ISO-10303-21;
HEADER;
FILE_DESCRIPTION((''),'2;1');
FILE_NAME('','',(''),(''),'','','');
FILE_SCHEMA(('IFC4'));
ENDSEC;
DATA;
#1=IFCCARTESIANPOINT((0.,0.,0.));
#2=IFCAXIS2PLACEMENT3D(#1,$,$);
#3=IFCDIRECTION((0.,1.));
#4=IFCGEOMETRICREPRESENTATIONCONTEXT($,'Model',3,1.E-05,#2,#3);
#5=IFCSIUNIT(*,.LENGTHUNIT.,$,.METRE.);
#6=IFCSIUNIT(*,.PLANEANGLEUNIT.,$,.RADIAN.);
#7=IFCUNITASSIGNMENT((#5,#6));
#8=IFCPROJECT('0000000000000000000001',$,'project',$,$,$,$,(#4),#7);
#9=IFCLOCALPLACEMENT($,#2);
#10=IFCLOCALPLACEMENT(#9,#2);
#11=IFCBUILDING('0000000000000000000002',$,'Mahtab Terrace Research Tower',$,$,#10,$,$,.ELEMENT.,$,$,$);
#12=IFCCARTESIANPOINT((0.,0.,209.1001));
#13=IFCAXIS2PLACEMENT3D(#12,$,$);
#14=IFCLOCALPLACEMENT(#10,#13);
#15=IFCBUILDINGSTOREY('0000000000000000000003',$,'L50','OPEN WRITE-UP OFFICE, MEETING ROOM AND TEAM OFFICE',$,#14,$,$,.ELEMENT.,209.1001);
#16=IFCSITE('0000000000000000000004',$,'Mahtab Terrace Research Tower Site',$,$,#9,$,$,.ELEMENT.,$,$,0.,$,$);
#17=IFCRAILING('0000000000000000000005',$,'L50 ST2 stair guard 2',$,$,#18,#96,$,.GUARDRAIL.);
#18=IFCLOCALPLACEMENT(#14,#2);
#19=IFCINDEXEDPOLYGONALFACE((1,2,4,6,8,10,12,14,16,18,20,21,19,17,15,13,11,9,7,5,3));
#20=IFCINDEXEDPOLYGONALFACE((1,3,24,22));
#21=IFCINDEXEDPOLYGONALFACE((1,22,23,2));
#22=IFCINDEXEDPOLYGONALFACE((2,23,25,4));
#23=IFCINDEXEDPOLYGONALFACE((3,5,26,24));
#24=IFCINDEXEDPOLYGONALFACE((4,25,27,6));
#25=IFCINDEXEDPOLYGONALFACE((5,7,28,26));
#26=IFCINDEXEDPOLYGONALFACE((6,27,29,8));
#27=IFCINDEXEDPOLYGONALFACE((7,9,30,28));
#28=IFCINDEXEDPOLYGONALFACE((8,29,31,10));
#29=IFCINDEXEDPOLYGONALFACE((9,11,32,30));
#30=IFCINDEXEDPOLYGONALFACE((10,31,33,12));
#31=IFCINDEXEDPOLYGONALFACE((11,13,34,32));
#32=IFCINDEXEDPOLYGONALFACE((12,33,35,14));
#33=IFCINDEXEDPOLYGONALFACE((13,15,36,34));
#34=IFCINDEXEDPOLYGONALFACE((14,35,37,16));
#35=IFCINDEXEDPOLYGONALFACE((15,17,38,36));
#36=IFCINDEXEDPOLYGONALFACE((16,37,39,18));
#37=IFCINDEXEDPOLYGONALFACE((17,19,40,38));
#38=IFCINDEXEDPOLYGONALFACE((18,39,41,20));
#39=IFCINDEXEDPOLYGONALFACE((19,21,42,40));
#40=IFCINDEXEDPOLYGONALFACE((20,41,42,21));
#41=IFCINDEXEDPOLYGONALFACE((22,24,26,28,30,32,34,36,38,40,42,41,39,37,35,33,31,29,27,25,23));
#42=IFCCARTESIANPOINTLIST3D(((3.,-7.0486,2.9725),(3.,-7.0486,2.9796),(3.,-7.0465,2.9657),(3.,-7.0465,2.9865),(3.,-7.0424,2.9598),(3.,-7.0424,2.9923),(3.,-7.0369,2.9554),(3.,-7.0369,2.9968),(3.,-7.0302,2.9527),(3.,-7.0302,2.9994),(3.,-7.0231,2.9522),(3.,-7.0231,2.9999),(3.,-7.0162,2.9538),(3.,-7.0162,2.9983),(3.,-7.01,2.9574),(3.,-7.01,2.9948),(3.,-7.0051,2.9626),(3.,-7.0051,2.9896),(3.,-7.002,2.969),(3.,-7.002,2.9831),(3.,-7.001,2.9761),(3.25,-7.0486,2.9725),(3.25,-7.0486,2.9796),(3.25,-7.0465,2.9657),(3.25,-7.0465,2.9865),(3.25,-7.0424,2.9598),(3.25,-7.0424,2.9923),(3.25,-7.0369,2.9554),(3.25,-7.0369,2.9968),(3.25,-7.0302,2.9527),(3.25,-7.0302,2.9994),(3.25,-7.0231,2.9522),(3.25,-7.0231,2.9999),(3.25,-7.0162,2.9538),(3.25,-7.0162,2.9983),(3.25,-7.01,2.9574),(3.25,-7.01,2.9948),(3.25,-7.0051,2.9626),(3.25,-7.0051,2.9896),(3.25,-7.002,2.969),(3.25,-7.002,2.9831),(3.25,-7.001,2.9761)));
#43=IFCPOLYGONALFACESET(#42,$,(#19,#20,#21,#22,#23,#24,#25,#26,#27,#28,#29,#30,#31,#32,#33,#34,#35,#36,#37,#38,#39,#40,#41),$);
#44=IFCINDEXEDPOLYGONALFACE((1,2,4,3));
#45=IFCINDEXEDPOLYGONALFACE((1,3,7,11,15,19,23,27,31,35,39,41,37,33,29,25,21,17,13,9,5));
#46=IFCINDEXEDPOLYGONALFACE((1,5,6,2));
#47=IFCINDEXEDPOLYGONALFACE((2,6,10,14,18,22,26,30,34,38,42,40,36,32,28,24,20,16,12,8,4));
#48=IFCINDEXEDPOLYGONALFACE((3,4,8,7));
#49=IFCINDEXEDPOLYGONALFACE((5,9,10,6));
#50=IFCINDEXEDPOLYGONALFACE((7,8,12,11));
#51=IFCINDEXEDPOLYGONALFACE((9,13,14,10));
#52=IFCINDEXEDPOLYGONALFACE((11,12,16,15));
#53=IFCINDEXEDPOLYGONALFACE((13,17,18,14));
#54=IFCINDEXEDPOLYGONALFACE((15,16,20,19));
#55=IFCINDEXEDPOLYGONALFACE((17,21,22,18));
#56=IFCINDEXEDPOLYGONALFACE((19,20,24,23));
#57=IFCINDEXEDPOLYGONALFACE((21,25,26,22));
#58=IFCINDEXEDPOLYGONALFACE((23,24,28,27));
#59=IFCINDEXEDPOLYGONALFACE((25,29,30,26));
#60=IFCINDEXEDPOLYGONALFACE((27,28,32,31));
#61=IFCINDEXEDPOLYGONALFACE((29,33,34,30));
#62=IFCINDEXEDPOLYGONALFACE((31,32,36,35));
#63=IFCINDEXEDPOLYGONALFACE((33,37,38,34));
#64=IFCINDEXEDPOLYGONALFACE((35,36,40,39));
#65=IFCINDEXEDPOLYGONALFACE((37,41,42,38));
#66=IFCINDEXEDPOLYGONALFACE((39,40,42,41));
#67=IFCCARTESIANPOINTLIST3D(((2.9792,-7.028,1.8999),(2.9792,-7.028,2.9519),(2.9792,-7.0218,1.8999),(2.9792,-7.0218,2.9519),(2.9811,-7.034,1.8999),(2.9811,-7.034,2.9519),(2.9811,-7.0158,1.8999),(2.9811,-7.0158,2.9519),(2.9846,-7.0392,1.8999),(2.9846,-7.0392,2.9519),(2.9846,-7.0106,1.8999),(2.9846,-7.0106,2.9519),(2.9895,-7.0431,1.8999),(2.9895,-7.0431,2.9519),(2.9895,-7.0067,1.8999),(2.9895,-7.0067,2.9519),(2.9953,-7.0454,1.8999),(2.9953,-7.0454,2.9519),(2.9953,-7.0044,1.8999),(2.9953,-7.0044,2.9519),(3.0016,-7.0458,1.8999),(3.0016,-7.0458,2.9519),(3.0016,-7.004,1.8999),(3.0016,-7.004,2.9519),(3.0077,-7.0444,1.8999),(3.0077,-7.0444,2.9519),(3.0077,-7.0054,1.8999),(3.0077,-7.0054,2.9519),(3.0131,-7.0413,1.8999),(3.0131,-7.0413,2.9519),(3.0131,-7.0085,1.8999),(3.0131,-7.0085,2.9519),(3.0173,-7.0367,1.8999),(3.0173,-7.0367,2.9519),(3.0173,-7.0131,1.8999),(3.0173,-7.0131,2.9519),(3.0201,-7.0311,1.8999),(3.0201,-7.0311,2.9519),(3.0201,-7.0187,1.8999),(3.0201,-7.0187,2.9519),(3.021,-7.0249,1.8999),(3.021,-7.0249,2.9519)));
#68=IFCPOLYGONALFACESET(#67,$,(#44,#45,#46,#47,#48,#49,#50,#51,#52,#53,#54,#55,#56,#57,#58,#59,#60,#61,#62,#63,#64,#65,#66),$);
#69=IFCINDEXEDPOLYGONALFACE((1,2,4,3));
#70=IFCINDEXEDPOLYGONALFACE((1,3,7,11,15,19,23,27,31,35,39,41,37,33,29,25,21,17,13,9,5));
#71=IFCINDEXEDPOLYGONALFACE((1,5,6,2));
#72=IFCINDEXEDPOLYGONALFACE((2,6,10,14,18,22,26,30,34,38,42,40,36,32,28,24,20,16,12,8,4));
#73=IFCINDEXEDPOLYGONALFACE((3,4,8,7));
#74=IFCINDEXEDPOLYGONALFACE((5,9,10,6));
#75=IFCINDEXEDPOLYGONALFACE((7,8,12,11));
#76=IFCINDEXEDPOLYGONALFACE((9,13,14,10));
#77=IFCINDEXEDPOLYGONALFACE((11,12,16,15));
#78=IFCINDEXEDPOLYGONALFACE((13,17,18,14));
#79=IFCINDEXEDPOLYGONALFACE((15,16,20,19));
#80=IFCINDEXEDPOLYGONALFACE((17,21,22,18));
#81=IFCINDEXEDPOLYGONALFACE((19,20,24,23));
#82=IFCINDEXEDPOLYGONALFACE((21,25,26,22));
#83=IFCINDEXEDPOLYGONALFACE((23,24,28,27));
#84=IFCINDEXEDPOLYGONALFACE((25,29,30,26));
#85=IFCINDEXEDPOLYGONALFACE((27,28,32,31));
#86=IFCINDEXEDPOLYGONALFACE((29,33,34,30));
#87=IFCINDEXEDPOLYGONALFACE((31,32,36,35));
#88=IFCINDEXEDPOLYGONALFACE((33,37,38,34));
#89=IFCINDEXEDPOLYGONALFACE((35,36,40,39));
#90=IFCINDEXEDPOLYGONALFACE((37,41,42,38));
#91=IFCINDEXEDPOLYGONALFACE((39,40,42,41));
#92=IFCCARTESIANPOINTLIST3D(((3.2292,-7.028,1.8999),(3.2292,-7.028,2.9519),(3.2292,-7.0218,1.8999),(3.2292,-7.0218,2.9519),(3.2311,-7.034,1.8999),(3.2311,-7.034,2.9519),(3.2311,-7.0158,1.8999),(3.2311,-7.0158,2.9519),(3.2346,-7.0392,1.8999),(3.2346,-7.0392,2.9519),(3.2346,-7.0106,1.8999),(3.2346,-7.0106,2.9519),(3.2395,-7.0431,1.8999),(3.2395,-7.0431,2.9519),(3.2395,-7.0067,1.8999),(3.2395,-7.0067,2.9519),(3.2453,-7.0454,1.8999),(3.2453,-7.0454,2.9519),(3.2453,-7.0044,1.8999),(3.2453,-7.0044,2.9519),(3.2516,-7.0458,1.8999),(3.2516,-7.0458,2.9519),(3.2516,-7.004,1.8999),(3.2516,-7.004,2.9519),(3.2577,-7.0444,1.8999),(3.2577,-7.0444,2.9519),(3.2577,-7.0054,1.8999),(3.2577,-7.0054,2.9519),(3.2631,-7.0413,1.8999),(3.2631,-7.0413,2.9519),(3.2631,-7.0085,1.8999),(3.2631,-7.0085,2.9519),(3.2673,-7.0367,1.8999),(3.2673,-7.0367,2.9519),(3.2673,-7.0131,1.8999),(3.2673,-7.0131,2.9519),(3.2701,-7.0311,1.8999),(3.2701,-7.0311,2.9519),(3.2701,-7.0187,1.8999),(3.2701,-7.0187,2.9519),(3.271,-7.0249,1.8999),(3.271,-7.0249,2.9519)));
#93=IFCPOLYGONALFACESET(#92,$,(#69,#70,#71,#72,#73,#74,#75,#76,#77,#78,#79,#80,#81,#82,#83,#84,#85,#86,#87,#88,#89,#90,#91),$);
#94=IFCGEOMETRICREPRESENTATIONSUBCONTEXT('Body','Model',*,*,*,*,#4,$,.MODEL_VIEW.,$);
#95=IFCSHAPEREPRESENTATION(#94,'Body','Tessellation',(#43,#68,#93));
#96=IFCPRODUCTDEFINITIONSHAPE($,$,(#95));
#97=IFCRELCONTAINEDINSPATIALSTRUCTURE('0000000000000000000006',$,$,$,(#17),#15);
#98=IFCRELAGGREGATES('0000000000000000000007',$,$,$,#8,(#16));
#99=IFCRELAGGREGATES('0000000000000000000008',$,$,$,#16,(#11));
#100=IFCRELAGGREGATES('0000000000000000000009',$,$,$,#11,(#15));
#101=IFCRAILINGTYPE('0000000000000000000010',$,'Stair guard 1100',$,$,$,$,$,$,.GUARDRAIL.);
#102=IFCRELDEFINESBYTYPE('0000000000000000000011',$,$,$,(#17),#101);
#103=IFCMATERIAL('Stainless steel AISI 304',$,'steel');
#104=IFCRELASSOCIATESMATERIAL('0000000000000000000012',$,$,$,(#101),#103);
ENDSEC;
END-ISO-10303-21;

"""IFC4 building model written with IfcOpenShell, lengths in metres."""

from ifc_helpers import new_model, si_unit, direction, frame, origin, origin_2d, place, context, subcontext, project, spatial, circle, extrude, material, type_object, element, save


model = new_model("IFC4")

# Units and contexts
model_context = context("Model", 3, precision=1e-05, world=origin(), true_north=direction((0.0, 1.0)))
body_context = subcontext(model_context, "Body", "Model", "MODEL_VIEW")
ifc_project = project(units=[si_unit("LENGTHUNIT", "METRE"), si_unit("PLANEANGLEUNIT", "RADIAN")], contexts=[model_context])

# Site, building, storey
site_placement = place(None, origin())
site = spatial("IfcSite", under=ifc_project, at=site_placement, Name="Mahtab Terrace Research Tower Site", CompositionType="ELEMENT", RefElevation=0.0)
building_placement = place(site_placement, origin())
building = spatial("IfcBuilding", under=site, at=building_placement, Name="Mahtab Terrace Research Tower", CompositionType="ELEMENT")
storey_placement = place(building_placement, frame((0.0, 0.0, 209.1001)))
storey = spatial("IfcBuildingStorey", under=building, at=storey_placement, Name="L50", Description="OPEN WRITE-UP OFFICE, MEETING ROOM AND TEAM OFFICE", CompositionType="ELEMENT", Elevation=209.1001)

# Shared definitions
ifc_material_1 = material(Name="Stainless steel AISI 304", Category="steel")

# Railing
railing_type = type_object("IfcRailingType", Name="Stair guard 1100", PredefinedType="GUARDRAIL", material=ifc_material_1)
railing_1_placement = place(storey_placement, frame((3.0, -7.0249, 1.8999)))
element("IfcRailing", 1, at=railing_1_placement, inside=storey, type_object=railing_type, Name="L50 ST2 stair guard 2", PredefinedType="GUARDRAIL", context=body_context, shape_type="SweptSolid", body=[
    extrude(circle(Radius=0.0239, at=origin_2d()), frame((0.0, 0.0, 1.0762), z_axis=(1.0, 0.0, 0.0), x_axis=(0.0, 1.0, 0.0)), (0.0, 0.0, 1.0), 0.25),
    extrude(circle(Radius=0.021, at=origin_2d()), origin(), (0.0, 0.0, 1.0), 1.052),
    extrude(circle(Radius=0.021, at=origin_2d()), frame((0.25, 0.0, 0.0)), (0.0, 0.0, 1.0), 1.052),
])

save(model, "model.ifc")
